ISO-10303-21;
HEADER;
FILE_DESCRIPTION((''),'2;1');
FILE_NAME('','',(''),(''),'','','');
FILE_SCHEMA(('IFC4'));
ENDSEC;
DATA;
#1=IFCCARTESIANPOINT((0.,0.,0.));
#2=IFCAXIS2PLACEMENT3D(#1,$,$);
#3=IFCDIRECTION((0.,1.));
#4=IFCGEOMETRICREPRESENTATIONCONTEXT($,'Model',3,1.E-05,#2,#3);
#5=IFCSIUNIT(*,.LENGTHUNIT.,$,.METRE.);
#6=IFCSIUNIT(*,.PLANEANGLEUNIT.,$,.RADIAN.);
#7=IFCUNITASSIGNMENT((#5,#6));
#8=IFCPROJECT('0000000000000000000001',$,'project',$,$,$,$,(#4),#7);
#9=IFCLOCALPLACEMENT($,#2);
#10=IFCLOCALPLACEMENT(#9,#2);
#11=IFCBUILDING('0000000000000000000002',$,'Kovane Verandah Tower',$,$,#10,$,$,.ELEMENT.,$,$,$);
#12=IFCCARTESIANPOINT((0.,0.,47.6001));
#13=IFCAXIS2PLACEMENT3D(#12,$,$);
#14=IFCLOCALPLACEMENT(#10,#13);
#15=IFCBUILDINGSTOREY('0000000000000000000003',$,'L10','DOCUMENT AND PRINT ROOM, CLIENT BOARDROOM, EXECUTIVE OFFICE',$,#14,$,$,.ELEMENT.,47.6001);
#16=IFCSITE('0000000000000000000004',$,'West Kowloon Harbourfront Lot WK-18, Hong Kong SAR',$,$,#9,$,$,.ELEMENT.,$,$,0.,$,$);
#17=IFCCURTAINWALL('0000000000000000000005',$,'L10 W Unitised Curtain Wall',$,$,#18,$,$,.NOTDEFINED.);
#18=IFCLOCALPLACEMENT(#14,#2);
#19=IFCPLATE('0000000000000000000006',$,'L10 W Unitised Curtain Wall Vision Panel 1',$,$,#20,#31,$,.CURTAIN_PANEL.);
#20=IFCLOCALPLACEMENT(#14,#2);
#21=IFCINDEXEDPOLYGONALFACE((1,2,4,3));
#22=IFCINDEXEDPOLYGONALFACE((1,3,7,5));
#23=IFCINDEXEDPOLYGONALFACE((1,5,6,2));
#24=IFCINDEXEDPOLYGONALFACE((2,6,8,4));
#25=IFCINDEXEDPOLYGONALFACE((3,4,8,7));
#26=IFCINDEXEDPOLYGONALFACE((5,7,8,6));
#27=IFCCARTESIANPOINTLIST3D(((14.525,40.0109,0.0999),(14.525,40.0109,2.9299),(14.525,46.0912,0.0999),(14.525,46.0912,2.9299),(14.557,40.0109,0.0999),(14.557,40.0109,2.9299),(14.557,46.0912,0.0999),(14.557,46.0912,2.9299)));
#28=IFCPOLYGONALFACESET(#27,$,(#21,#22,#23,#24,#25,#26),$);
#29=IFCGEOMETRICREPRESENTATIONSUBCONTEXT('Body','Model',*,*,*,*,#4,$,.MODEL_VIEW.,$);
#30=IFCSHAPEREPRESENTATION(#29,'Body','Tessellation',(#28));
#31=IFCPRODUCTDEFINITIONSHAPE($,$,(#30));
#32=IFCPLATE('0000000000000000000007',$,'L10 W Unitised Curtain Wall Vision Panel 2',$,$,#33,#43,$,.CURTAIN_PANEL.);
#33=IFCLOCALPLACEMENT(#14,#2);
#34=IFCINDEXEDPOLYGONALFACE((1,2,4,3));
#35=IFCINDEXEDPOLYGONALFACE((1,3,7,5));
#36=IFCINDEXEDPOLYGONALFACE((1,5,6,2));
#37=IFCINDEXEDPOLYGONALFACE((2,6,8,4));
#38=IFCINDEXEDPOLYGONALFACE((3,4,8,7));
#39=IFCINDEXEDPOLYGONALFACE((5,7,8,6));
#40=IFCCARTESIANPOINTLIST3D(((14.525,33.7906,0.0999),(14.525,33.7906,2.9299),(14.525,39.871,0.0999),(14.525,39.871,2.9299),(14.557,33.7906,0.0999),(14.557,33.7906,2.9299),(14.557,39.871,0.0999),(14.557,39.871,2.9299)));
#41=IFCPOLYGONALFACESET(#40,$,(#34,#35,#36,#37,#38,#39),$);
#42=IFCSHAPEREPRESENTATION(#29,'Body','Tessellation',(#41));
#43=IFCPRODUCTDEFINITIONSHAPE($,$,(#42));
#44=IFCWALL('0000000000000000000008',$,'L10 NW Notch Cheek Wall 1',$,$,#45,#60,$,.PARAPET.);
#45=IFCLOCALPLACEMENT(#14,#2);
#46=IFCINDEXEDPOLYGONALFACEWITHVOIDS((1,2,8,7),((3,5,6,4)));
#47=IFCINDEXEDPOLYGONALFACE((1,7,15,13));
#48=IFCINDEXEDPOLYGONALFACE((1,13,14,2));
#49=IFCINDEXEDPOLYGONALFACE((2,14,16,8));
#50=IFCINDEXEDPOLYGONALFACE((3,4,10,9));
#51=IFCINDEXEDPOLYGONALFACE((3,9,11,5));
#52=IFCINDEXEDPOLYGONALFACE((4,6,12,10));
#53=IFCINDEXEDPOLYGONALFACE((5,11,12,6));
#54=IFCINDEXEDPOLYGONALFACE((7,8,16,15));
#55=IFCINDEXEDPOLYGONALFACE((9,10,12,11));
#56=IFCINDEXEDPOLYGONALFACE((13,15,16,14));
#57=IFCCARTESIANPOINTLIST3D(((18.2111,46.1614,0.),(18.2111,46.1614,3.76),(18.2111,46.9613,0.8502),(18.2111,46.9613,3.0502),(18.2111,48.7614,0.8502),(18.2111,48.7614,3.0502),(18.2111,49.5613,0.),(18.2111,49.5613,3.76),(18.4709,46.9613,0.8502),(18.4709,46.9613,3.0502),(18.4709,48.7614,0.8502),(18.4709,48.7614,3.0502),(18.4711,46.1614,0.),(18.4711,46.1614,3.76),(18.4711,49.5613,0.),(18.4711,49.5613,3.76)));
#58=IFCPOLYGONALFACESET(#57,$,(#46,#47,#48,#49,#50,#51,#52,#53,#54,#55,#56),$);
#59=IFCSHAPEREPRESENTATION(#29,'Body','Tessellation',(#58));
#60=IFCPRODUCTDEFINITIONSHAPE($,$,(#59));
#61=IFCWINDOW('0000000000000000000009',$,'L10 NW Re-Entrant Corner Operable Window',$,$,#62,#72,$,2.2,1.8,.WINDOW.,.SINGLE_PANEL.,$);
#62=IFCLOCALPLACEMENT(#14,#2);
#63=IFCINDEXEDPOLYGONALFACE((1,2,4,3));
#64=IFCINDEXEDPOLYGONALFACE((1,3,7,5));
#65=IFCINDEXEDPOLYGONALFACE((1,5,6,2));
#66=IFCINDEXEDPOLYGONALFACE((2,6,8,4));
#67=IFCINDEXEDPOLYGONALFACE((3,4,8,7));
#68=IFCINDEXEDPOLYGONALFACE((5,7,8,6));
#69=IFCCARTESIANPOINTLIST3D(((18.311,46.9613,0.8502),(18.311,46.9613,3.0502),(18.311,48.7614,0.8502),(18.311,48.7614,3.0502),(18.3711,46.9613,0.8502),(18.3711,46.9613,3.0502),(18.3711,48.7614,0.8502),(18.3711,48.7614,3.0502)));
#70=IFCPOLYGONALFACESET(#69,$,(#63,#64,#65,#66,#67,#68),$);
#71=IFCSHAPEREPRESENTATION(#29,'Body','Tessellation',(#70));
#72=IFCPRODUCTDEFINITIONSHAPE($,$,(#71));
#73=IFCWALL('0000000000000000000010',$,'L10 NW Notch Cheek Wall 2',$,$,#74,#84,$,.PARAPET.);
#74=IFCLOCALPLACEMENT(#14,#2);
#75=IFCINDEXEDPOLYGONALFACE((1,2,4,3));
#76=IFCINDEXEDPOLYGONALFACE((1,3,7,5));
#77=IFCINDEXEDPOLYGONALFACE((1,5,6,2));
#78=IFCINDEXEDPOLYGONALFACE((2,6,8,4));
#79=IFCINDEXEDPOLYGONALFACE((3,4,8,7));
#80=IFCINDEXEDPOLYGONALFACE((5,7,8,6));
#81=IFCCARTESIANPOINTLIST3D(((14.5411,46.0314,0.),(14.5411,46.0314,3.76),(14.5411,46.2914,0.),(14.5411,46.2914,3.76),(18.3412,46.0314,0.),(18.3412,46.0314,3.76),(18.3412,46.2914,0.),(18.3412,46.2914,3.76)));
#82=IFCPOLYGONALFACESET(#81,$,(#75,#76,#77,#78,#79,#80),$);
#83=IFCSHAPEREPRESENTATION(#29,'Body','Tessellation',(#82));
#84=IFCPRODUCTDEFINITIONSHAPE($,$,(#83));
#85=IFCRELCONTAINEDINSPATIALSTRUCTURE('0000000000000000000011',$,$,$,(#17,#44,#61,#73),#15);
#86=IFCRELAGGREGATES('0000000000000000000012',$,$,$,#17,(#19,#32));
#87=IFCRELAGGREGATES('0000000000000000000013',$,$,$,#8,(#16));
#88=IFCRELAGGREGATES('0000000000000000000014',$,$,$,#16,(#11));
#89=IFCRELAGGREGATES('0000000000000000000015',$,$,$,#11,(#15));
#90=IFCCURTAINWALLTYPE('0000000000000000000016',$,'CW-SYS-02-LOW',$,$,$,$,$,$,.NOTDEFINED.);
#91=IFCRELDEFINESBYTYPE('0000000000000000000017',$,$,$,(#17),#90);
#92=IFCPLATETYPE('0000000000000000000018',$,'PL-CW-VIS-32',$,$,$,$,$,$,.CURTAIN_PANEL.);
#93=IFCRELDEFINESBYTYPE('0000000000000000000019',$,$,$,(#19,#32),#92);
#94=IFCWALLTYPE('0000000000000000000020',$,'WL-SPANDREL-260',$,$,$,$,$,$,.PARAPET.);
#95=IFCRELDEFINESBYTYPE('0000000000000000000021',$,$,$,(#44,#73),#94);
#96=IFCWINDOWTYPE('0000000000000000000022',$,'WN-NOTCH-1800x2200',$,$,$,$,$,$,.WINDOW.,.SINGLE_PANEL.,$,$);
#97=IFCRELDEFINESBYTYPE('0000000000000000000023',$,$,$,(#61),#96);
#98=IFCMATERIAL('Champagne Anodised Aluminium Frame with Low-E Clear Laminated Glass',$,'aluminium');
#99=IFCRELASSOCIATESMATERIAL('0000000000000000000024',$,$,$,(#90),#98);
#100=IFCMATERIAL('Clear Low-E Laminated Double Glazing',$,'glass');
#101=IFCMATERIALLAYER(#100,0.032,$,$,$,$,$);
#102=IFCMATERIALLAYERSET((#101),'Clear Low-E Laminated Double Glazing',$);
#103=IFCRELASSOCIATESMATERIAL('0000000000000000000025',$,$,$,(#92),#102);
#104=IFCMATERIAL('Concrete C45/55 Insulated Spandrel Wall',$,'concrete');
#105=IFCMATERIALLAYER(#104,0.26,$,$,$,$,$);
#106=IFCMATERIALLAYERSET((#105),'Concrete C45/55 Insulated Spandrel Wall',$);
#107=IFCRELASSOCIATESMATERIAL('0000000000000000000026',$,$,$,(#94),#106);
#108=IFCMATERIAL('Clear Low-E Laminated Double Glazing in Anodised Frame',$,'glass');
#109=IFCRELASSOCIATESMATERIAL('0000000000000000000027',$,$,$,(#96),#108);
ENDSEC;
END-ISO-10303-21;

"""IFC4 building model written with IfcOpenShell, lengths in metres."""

from ifc_helpers import new_model, si_unit, direction, frame, frame_2d, origin, origin_2d, place, context, subcontext, project, spatial, rectangle, extrude, material, layer, layer_set, type_object, element, fill, aggregate, save


model = new_model("IFC4")

# Units and contexts
model_context = context("Model", 3, precision=1e-05, world=origin(), true_north=direction((0.0, 1.0)))
body_context = subcontext(model_context, "Body", "Model", "MODEL_VIEW")
ifc_project = project(units=[si_unit("LENGTHUNIT", "METRE"), si_unit("PLANEANGLEUNIT", "RADIAN")], contexts=[model_context])

# Site, building, storey
site_placement = place(None, origin())
site = spatial("IfcSite", under=ifc_project, at=site_placement, Name="West Kowloon Harbourfront Lot WK-18, Hong Kong SAR", CompositionType="ELEMENT", RefElevation=0.0)
building_placement = place(site_placement, origin())
building = spatial("IfcBuilding", under=site, at=building_placement, Name="Kovane Verandah Tower", CompositionType="ELEMENT")
storey_placement = place(building_placement, frame((0.0, 0.0, 47.6001)))
storey = spatial("IfcBuildingStorey", under=building, at=storey_placement, Name="L10", Description="DOCUMENT AND PRINT ROOM, CLIENT BOARDROOM, EXECUTIVE OFFICE", CompositionType="ELEMENT", Elevation=47.6001)

# Curtain wall
ifc_material_1 = material(Name="Champagne Anodised Aluminium Frame with Low-E Clear Laminated Glass", Category="aluminium")
curtain_wall_type = type_object("IfcCurtainWallType", Name="CW-SYS-02-LOW", PredefinedType="NOTDEFINED", material=ifc_material_1)
curtain_wall_placement = place(storey_placement, origin())
curtain_wall = element("IfcCurtainWall", 1, at=curtain_wall_placement, inside=storey, type_object=curtain_wall_type, Name="L10 W Unitised Curtain Wall", PredefinedType="NOTDEFINED")

# Plates
ifc_material_2 = material(Name="Clear Low-E Laminated Double Glazing", Category="glass")
ifc_layer_1 = layer(ifc_material_2, 0.032)
ifc_layer_set_1 = layer_set([ifc_layer_1], Name="Clear Low-E Laminated Double Glazing")
plate_type_1 = type_object("IfcPlateType", Name="PL-CW-VIS-32", PredefinedType="CURTAIN_PANEL", material=ifc_layer_set_1)
plate_1_placement = place(storey_placement, frame((14.541, 43.051, 0.0999), z_axis=(0.0, 0.0, 1.0), x_axis=(0.0, -1.0, 0.0)))
plate_1 = element("IfcPlate", 2, at=plate_1_placement, type_object=plate_type_1, Name="L10 W Unitised Curtain Wall Vision Panel 1", PredefinedType="CURTAIN_PANEL", context=body_context, shape_type="SweptSolid", body=[
    extrude(rectangle(XDim=6.0803, YDim=0.032, at=origin_2d()), origin(), (0.0, 0.0, 1.0), 2.8301),
])
plate_2_placement = place(storey_placement, frame((14.541, 36.8308, 0.0999), z_axis=(0.0, 0.0, 1.0), x_axis=(0.0, -1.0, 0.0)))
plate_2 = element("IfcPlate", 3, at=plate_2_placement, type_object=plate_type_1, Name="L10 W Unitised Curtain Wall Vision Panel 2", PredefinedType="CURTAIN_PANEL", context=body_context, shape_type="SweptSolid", body=[
    extrude(rectangle(XDim=6.0803, YDim=0.032, at=origin_2d()), origin(), (0.0, 0.0, 1.0), 2.8301),
])
aggregate(curtain_wall, [plate_1, plate_2])

# Wall, opening, window
ifc_material_3 = material(Name="Concrete C45/55 Insulated Spandrel Wall", Category="concrete")
ifc_layer_2 = layer(ifc_material_3, 0.26)
ifc_layer_set_2 = layer_set([ifc_layer_2], Name="Concrete C45/55 Insulated Spandrel Wall")
wall_type = type_object("IfcWallType", Name="WL-SPANDREL-260", PredefinedType="PARAPET", material=ifc_layer_set_2)
wall_1_placement = place(storey_placement, frame((18.3411, 49.5613, 0.0), z_axis=(0.0, 0.0, 1.0), x_axis=(0.0, -1.0, 0.0)))
wall_1 = element("IfcWall", 4, at=wall_1_placement, inside=storey, type_object=wall_type, Name="L10 NW Notch Cheek Wall 1", PredefinedType="PARAPET", context=body_context, shape_type="SweptSolid", body=[
    extrude(rectangle(XDim=3.3999, YDim=0.26, at=frame_2d((1.7, 0.0))), origin(), (0.0, 0.0, 1.0), 3.76),
])
opening_placement = place(wall_1_placement, frame((0.8, 0.0, 0.8501)))
opening = element("IfcOpeningElement", 5, at=opening_placement, cuts=wall_1, PredefinedType="OPENING", context=body_context, shape_type="SweptSolid", body=[
    extrude(rectangle(XDim=1.8, YDim=2.2, at=frame_2d((0.8999, 1.1001))), frame((0.0, 0.1299, 0.0), z_axis=(0.0, -1.0, 0.0), x_axis=(1.0, 0.0, 0.0)), (0.0, 0.0, 1.0), 0.26),
])
ifc_material_4 = material(Name="Clear Low-E Laminated Double Glazing in Anodised Frame", Category="glass")
window_type = type_object("IfcWindowType", Name="WN-NOTCH-1800x2200", PartitioningType="SINGLE_PANEL", PredefinedType="WINDOW", material=ifc_material_4)
window_placement = place(opening_placement, origin())
window = element("IfcWindow", 6, at=window_placement, inside=storey, type_object=window_type, Name="L10 NW Re-Entrant Corner Operable Window", OverallHeight=2.2, OverallWidth=1.8, PartitioningType="SINGLE_PANEL", PredefinedType="WINDOW", context=body_context, shape_type="SweptSolid", body=[
    extrude(rectangle(XDim=1.8, YDim=2.2, at=frame_2d((0.8999, 1.1001))), frame((0.0, 0.03, 0.0), z_axis=(0.0, -1.0, 0.0), x_axis=(1.0, 0.0, 0.0)), (0.0, 0.0, 1.0), 0.0601),
])
fill(opening, window)

# Wall
wall_2_placement = place(storey_placement, frame((18.3411, 46.1614, 0.0), z_axis=(0.0, 0.0, 1.0), x_axis=(-1.0, 0.0, 0.0)))
element("IfcWall", 7, at=wall_2_placement, inside=storey, type_object=wall_type, Name="L10 NW Notch Cheek Wall 2", PredefinedType="PARAPET", context=body_context, shape_type="SweptSolid", body=[
    extrude(rectangle(XDim=3.8, YDim=0.26, at=frame_2d((1.8999, 0.0))), origin(), (0.0, 0.0, 1.0), 3.76),
])

save(model, "model.ifc")
